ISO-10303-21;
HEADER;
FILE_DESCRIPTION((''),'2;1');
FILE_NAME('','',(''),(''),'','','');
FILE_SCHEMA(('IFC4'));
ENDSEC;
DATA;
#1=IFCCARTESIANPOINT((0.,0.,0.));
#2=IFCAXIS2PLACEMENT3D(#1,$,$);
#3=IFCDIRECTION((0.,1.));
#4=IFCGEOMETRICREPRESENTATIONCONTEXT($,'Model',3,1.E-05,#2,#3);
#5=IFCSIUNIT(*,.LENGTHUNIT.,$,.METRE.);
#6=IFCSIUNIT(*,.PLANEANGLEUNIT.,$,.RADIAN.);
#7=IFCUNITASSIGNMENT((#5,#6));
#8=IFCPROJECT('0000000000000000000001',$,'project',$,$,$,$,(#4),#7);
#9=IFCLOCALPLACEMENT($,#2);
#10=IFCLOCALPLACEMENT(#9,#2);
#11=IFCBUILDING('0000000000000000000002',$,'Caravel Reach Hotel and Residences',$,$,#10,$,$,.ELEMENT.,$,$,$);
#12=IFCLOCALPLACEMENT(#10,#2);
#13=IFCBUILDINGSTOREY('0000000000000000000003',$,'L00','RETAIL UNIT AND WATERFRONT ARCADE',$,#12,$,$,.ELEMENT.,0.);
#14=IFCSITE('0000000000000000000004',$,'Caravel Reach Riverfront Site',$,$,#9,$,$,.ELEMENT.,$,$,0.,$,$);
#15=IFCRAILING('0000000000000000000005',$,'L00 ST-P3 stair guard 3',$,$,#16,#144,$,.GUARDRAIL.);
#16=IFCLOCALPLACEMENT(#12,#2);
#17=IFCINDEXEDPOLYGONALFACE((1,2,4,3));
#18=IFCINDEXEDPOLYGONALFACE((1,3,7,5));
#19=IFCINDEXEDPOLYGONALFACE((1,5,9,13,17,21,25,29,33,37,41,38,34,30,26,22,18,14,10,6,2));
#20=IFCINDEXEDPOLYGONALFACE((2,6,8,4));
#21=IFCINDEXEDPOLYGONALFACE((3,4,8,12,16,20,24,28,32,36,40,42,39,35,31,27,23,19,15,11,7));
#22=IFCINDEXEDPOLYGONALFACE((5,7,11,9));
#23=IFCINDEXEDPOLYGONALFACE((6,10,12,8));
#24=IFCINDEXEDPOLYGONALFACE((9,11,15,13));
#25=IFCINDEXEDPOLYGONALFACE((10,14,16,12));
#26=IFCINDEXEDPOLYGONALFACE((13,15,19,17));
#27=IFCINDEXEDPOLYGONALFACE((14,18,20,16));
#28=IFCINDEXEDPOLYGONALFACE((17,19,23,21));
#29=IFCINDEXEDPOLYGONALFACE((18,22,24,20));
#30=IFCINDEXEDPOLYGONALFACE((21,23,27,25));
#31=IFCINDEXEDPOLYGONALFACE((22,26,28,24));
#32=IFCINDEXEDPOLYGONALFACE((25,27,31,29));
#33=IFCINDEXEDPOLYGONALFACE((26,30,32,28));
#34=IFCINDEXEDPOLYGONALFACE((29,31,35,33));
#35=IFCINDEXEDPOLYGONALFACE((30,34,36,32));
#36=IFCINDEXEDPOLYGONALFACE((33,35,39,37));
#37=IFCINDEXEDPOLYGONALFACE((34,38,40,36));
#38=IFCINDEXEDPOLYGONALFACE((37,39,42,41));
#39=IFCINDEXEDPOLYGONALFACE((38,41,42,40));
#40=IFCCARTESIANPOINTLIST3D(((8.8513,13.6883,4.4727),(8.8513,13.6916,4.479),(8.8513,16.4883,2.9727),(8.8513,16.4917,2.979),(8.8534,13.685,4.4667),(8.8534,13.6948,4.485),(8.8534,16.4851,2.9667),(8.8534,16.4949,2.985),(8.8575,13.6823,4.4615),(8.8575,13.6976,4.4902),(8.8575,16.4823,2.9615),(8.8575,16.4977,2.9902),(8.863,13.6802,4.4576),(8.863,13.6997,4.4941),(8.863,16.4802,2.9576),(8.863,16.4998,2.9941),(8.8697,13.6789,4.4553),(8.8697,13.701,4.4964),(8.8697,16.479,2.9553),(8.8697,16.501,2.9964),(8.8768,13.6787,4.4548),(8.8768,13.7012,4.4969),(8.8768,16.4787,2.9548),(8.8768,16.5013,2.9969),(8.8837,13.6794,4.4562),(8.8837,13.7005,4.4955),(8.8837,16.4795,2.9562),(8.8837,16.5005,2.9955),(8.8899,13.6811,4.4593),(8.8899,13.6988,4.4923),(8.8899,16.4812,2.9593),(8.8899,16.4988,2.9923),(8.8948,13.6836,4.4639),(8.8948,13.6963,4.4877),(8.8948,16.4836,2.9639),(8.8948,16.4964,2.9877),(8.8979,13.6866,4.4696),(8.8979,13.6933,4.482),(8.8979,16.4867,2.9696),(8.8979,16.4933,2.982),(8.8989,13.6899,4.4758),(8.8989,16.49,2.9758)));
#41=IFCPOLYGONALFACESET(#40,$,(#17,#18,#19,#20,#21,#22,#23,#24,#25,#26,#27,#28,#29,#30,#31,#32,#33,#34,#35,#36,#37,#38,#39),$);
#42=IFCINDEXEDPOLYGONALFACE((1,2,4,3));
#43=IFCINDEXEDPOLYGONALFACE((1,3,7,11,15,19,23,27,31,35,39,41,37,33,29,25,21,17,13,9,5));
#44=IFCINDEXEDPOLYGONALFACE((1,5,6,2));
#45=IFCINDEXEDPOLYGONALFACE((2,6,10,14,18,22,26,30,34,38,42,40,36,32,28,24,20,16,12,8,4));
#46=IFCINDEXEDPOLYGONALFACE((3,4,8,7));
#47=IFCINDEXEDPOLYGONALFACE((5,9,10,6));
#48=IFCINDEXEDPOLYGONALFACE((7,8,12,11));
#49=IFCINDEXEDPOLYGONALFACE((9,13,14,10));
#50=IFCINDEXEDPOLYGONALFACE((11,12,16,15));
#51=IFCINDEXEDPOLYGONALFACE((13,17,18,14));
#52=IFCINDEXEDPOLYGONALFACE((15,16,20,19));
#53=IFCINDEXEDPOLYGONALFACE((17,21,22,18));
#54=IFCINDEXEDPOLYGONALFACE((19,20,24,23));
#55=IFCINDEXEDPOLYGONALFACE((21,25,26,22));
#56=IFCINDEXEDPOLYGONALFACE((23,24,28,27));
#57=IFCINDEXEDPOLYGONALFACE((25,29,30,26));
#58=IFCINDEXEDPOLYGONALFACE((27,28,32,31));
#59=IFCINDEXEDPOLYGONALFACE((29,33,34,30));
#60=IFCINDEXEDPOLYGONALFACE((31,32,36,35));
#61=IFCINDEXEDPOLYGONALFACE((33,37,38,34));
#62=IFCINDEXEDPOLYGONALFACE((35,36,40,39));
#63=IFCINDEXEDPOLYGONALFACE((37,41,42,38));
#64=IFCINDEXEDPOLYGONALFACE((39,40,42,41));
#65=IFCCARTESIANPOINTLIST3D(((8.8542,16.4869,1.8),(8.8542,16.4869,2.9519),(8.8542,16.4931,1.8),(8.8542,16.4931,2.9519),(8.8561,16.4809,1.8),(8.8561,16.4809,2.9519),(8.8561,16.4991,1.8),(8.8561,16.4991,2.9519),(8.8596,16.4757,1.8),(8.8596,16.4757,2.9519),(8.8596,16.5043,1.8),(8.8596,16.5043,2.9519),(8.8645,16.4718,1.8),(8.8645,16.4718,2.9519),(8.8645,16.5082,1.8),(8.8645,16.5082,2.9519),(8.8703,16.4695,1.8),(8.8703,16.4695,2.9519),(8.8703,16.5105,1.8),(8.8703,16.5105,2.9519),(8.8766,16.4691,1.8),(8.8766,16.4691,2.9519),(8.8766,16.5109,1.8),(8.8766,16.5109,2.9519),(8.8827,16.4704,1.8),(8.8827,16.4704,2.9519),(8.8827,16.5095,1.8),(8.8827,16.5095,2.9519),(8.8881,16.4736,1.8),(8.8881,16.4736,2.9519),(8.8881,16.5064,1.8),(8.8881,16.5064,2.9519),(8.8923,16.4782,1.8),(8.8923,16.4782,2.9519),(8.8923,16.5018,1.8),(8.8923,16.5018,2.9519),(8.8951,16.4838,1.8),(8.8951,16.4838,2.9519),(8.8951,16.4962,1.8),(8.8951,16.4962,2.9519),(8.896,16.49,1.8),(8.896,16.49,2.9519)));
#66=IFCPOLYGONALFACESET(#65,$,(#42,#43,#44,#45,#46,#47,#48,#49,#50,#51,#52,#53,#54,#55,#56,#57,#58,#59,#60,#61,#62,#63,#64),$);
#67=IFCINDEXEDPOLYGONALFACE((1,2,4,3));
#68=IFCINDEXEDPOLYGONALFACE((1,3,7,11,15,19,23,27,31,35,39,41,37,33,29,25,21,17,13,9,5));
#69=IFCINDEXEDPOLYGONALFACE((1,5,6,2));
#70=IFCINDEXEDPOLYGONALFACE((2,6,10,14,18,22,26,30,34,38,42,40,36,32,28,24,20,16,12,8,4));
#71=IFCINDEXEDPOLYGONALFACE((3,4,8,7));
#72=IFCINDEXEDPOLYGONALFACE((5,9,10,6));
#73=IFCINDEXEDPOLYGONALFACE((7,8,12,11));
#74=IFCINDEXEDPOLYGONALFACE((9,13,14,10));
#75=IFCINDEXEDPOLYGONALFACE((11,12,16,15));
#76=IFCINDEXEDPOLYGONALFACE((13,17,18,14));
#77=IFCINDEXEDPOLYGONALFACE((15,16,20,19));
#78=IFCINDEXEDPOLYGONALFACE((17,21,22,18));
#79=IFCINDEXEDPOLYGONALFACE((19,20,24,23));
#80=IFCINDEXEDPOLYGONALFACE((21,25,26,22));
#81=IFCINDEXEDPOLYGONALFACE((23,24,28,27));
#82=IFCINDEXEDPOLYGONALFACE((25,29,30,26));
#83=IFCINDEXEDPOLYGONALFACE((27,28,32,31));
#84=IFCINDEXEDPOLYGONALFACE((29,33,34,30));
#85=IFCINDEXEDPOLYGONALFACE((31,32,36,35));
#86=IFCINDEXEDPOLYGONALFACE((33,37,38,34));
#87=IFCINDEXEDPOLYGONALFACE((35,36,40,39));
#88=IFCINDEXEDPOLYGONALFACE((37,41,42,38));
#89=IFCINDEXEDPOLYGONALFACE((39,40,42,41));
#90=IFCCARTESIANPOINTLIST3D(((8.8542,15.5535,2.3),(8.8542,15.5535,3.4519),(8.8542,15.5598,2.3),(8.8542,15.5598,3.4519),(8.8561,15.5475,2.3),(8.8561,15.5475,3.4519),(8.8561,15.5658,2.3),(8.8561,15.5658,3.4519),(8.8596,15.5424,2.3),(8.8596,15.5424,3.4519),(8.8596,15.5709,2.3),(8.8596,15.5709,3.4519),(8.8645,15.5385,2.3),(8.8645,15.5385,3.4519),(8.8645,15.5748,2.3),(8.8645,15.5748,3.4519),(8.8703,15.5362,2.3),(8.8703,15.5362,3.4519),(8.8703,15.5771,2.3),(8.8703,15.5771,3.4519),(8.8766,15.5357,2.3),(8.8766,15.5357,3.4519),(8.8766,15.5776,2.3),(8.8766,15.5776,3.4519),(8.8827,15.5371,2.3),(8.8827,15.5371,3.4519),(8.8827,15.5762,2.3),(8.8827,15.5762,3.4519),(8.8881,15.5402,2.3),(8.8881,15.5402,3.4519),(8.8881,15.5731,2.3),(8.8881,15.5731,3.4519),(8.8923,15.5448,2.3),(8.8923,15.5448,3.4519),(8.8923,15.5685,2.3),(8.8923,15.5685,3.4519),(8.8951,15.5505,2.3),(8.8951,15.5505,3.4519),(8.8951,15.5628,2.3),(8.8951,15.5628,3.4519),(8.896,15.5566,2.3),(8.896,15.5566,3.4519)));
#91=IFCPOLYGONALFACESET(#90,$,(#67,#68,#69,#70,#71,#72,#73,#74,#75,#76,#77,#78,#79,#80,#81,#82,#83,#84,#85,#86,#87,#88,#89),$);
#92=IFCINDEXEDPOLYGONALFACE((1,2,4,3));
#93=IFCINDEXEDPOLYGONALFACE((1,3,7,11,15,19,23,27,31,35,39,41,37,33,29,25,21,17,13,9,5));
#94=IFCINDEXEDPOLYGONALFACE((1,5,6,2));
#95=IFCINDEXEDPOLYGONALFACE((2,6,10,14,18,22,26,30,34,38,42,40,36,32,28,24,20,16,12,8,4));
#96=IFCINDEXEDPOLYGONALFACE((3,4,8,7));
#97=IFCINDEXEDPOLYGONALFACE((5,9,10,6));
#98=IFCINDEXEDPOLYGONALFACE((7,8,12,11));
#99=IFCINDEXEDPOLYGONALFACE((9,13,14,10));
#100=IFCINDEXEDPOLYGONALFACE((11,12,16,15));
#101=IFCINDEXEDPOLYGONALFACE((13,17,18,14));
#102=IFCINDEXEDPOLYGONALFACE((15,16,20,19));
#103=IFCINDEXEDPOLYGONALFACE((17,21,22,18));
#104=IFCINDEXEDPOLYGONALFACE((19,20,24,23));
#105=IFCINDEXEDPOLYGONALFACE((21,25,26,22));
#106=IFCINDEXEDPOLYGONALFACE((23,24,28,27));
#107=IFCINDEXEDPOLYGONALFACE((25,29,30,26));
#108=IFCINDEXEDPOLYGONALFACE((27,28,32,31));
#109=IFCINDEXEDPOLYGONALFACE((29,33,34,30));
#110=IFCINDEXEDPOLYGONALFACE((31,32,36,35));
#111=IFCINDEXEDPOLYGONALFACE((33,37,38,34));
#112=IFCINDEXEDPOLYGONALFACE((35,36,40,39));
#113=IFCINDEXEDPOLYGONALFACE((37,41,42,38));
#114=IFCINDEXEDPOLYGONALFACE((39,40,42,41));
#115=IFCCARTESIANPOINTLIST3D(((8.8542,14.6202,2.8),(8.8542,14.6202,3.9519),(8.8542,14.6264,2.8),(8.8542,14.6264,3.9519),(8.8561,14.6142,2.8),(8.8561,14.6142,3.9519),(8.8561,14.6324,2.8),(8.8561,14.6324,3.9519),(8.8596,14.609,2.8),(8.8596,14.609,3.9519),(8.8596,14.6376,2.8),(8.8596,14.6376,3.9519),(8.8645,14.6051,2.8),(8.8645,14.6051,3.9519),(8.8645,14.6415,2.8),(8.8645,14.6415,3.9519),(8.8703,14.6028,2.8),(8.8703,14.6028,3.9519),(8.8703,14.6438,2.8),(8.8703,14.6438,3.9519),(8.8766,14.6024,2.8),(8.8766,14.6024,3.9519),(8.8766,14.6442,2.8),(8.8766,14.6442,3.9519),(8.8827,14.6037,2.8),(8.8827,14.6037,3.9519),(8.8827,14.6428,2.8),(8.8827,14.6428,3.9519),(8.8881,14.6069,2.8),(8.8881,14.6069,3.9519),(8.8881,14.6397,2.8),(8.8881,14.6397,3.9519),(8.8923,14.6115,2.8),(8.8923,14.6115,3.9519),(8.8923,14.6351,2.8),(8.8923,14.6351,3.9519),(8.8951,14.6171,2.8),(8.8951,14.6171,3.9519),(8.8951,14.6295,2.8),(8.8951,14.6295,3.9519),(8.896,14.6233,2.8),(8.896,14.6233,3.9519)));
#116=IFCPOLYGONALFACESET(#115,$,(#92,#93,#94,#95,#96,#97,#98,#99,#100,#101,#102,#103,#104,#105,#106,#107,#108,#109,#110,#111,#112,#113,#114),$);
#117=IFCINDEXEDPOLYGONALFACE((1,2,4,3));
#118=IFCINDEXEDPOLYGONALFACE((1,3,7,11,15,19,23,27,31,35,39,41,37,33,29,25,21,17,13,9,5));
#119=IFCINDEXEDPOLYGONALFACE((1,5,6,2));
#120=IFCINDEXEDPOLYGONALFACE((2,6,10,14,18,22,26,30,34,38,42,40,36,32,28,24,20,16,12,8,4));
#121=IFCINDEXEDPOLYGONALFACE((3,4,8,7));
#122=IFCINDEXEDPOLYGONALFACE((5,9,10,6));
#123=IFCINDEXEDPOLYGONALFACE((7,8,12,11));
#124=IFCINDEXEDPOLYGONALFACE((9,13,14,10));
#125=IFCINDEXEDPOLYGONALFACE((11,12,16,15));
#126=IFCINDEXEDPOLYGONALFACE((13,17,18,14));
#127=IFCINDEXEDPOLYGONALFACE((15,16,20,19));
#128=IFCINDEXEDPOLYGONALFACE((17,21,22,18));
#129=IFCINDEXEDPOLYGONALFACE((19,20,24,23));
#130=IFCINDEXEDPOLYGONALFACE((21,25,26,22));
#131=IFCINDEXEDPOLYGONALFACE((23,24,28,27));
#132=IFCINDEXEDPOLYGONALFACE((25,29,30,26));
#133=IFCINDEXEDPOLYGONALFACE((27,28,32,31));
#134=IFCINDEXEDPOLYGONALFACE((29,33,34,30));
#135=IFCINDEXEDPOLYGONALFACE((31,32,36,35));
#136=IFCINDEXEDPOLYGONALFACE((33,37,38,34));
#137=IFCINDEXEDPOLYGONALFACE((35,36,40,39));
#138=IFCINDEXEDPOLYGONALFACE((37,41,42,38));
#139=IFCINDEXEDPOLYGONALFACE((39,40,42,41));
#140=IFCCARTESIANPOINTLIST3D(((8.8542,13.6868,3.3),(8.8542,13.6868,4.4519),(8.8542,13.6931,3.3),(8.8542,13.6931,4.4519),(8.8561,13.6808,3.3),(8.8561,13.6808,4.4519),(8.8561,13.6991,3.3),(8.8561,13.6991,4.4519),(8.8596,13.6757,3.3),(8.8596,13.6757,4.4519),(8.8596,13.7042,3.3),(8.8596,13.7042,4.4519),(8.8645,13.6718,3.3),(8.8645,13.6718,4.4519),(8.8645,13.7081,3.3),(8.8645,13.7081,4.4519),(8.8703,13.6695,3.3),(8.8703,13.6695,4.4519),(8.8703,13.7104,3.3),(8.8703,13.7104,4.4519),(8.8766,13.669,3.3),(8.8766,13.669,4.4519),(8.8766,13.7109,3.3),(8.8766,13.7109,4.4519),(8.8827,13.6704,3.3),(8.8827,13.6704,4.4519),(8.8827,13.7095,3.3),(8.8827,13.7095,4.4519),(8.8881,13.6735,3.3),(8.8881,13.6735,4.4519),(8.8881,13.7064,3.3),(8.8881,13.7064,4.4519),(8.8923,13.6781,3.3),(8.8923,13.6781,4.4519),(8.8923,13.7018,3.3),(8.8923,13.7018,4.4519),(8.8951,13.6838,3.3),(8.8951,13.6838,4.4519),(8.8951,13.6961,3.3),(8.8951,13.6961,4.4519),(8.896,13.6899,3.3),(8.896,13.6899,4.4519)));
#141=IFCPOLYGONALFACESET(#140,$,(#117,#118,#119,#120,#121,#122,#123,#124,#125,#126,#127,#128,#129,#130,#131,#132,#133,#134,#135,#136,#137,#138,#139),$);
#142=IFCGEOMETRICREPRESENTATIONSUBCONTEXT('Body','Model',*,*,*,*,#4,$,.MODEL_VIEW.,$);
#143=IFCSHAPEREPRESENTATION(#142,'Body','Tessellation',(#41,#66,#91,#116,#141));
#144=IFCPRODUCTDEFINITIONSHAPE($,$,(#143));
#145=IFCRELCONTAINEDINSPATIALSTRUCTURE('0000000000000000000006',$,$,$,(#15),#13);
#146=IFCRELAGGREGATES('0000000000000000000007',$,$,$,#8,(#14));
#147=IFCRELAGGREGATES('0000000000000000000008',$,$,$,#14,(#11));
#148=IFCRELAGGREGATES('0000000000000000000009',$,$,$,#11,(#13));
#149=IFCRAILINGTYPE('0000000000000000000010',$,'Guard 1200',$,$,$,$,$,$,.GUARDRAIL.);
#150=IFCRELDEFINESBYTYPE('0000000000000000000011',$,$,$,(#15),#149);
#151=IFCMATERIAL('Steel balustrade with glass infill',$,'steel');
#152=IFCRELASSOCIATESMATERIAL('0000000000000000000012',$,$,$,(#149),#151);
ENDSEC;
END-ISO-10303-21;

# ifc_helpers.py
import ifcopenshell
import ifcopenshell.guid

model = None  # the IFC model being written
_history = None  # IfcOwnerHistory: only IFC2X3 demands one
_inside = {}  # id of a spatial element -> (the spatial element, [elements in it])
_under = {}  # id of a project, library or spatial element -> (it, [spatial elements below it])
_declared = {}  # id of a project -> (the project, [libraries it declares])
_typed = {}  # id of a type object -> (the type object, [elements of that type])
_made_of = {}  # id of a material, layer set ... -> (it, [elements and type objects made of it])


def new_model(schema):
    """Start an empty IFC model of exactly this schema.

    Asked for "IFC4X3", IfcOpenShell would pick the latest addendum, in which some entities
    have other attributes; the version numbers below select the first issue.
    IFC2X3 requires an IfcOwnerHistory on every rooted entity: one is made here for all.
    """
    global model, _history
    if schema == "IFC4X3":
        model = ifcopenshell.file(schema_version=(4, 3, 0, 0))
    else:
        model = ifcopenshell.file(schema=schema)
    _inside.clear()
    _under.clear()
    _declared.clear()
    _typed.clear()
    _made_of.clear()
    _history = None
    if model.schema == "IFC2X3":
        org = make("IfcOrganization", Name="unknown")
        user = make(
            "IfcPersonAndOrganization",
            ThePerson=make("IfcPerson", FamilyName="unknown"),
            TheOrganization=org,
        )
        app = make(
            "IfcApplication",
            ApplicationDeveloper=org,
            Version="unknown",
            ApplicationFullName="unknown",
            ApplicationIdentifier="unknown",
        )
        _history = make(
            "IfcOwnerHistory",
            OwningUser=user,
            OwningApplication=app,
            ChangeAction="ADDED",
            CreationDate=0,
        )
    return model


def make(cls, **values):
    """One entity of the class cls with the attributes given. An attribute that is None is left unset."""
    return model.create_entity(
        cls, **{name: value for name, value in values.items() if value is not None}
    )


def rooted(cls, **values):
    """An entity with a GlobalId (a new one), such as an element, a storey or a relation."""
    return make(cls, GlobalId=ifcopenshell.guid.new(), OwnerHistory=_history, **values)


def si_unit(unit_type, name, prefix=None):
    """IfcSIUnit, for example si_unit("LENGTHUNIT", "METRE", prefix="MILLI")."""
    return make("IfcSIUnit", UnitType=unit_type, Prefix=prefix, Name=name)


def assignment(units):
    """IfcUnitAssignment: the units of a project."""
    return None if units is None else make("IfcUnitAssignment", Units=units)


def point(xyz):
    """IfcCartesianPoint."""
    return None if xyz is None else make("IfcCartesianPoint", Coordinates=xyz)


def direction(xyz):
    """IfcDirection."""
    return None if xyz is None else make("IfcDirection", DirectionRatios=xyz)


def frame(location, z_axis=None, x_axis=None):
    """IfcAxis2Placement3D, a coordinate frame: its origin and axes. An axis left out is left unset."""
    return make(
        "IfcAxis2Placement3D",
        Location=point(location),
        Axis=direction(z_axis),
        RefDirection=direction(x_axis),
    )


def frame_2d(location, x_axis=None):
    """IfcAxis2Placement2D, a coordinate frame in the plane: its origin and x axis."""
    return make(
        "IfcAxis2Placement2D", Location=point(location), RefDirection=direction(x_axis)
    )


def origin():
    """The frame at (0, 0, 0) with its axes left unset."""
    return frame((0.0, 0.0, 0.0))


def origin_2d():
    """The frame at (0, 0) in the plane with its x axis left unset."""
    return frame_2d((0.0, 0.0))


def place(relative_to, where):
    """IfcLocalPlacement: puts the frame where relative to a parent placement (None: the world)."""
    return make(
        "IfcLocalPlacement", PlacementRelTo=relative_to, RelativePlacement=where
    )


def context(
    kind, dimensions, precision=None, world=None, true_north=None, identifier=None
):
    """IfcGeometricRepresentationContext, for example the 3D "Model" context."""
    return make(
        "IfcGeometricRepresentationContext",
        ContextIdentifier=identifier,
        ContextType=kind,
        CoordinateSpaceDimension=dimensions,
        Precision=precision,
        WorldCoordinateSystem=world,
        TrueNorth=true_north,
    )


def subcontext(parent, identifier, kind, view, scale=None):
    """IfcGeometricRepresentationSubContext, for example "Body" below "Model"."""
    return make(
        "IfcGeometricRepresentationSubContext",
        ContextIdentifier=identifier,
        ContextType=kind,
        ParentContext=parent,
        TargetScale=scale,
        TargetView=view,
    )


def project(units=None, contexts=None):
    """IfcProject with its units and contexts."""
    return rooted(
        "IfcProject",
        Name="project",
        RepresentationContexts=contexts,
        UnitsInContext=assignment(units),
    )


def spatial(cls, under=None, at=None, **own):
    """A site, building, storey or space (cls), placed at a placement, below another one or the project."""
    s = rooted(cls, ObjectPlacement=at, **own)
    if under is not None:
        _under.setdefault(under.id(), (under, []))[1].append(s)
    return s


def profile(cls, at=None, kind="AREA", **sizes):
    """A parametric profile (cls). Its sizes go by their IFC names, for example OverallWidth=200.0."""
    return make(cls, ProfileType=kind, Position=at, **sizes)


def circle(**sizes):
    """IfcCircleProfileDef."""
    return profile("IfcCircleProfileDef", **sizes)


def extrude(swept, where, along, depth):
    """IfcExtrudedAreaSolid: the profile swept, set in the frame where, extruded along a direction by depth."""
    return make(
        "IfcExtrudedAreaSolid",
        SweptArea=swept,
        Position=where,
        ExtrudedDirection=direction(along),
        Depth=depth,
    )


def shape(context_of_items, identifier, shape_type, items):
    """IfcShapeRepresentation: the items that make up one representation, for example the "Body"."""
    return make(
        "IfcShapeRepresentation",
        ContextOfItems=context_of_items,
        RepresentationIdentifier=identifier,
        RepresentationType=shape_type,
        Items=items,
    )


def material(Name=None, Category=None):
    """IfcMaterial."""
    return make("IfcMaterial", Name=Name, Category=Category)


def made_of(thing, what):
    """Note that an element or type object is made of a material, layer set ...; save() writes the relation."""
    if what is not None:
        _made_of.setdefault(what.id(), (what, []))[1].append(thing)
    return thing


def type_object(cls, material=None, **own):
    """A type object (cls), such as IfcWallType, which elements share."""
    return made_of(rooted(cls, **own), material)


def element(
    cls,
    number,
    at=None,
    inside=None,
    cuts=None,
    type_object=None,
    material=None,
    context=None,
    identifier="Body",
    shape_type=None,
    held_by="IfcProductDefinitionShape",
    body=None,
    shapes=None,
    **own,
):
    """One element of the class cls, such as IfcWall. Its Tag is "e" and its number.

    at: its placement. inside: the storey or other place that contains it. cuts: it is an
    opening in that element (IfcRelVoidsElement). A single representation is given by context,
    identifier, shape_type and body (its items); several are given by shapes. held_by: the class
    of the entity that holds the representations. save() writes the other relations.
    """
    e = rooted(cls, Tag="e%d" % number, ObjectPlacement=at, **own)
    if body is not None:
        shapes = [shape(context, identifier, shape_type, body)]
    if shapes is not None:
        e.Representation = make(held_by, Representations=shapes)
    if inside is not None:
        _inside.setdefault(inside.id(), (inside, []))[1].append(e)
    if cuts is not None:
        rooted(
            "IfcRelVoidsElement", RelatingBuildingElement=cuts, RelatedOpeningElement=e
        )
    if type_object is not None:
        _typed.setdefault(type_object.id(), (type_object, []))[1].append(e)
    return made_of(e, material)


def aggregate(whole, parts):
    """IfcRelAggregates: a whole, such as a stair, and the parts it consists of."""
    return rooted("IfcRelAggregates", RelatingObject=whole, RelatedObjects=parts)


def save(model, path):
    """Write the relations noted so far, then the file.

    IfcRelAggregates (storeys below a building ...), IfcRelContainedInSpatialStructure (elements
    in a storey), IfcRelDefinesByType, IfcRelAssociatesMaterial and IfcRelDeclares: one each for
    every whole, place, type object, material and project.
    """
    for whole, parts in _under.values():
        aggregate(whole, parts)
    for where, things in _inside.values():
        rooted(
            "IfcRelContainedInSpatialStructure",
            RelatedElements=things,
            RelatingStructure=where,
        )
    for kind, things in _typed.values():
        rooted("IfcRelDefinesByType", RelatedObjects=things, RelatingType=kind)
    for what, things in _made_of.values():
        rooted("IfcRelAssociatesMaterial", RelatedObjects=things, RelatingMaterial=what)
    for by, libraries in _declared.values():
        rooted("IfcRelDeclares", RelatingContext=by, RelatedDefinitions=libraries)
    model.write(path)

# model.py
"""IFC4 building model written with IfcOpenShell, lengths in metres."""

from ifc_helpers import new_model, si_unit, direction, frame, origin, origin_2d, place, context, subcontext, project, spatial, circle, extrude, material, type_object, element, save


model = new_model("IFC4")

# Units and contexts
model_context = context("Model", 3, precision=1e-05, world=origin(), true_north=direction((0.0, 1.0)))
body_context = subcontext(model_context, "Body", "Model", "MODEL_VIEW")
ifc_project = project(units=[si_unit("LENGTHUNIT", "METRE"), si_unit("PLANEANGLEUNIT", "RADIAN")], contexts=[model_context])

# Site, building, storey
site_placement = place(None, origin())
site = spatial("IfcSite", under=ifc_project, at=site_placement, Name="Caravel Reach Riverfront Site", CompositionType="ELEMENT", RefElevation=0.0)
building_placement = place(site_placement, origin())
building = spatial("IfcBuilding", under=site, at=building_placement, Name="Caravel Reach Hotel and Residences", CompositionType="ELEMENT")
storey_placement = place(building_placement, origin())
storey = spatial("IfcBuildingStorey", under=building, at=storey_placement, Name="L00", Description="RETAIL UNIT AND WATERFRONT ARCADE", CompositionType="ELEMENT", Elevation=0.0)

# Railing
ifc_material_1 = material(Name="Steel balustrade with glass infill", Category="steel")
railing_type_1 = type_object("IfcRailingType", Name="Guard 1200", PredefinedType="GUARDRAIL", material=ifc_material_1)
railing_1_placement = place(storey_placement, frame((8.875, 16.49, 1.8)))
element("IfcRailing", 1, at=railing_1_placement, inside=storey, type_object=railing_type_1, Name="L00 ST-P3 stair guard 3", PredefinedType="GUARDRAIL", context=body_context, shape_type="SweptSolid", body=[
    extrude(circle(Radius=0.0239, at=origin_2d()), frame((0.0, 0.0, 1.1758), z_axis=(0.0, -0.881483, 0.472215), x_axis=(1.0, 0.0, 0.0)), (0.0, 0.0, 1.0), 3.1765),
    extrude(circle(Radius=0.021, at=origin_2d()), origin(), (0.0, 0.0, 1.0), 1.1519),
    extrude(circle(Radius=0.021, at=origin_2d()), frame((0.0, -0.9333, 0.5)), (0.0, 0.0, 1.0), 1.1519),
    extrude(circle(Radius=0.021, at=origin_2d()), frame((0.0, -1.8667, 1.0)), (0.0, 0.0, 1.0), 1.1519),
    extrude(circle(Radius=0.021, at=origin_2d()), frame((0.0, -2.8, 1.5)), (0.0, 0.0, 1.0), 1.1519),
])

save(model, "model.ifc")
